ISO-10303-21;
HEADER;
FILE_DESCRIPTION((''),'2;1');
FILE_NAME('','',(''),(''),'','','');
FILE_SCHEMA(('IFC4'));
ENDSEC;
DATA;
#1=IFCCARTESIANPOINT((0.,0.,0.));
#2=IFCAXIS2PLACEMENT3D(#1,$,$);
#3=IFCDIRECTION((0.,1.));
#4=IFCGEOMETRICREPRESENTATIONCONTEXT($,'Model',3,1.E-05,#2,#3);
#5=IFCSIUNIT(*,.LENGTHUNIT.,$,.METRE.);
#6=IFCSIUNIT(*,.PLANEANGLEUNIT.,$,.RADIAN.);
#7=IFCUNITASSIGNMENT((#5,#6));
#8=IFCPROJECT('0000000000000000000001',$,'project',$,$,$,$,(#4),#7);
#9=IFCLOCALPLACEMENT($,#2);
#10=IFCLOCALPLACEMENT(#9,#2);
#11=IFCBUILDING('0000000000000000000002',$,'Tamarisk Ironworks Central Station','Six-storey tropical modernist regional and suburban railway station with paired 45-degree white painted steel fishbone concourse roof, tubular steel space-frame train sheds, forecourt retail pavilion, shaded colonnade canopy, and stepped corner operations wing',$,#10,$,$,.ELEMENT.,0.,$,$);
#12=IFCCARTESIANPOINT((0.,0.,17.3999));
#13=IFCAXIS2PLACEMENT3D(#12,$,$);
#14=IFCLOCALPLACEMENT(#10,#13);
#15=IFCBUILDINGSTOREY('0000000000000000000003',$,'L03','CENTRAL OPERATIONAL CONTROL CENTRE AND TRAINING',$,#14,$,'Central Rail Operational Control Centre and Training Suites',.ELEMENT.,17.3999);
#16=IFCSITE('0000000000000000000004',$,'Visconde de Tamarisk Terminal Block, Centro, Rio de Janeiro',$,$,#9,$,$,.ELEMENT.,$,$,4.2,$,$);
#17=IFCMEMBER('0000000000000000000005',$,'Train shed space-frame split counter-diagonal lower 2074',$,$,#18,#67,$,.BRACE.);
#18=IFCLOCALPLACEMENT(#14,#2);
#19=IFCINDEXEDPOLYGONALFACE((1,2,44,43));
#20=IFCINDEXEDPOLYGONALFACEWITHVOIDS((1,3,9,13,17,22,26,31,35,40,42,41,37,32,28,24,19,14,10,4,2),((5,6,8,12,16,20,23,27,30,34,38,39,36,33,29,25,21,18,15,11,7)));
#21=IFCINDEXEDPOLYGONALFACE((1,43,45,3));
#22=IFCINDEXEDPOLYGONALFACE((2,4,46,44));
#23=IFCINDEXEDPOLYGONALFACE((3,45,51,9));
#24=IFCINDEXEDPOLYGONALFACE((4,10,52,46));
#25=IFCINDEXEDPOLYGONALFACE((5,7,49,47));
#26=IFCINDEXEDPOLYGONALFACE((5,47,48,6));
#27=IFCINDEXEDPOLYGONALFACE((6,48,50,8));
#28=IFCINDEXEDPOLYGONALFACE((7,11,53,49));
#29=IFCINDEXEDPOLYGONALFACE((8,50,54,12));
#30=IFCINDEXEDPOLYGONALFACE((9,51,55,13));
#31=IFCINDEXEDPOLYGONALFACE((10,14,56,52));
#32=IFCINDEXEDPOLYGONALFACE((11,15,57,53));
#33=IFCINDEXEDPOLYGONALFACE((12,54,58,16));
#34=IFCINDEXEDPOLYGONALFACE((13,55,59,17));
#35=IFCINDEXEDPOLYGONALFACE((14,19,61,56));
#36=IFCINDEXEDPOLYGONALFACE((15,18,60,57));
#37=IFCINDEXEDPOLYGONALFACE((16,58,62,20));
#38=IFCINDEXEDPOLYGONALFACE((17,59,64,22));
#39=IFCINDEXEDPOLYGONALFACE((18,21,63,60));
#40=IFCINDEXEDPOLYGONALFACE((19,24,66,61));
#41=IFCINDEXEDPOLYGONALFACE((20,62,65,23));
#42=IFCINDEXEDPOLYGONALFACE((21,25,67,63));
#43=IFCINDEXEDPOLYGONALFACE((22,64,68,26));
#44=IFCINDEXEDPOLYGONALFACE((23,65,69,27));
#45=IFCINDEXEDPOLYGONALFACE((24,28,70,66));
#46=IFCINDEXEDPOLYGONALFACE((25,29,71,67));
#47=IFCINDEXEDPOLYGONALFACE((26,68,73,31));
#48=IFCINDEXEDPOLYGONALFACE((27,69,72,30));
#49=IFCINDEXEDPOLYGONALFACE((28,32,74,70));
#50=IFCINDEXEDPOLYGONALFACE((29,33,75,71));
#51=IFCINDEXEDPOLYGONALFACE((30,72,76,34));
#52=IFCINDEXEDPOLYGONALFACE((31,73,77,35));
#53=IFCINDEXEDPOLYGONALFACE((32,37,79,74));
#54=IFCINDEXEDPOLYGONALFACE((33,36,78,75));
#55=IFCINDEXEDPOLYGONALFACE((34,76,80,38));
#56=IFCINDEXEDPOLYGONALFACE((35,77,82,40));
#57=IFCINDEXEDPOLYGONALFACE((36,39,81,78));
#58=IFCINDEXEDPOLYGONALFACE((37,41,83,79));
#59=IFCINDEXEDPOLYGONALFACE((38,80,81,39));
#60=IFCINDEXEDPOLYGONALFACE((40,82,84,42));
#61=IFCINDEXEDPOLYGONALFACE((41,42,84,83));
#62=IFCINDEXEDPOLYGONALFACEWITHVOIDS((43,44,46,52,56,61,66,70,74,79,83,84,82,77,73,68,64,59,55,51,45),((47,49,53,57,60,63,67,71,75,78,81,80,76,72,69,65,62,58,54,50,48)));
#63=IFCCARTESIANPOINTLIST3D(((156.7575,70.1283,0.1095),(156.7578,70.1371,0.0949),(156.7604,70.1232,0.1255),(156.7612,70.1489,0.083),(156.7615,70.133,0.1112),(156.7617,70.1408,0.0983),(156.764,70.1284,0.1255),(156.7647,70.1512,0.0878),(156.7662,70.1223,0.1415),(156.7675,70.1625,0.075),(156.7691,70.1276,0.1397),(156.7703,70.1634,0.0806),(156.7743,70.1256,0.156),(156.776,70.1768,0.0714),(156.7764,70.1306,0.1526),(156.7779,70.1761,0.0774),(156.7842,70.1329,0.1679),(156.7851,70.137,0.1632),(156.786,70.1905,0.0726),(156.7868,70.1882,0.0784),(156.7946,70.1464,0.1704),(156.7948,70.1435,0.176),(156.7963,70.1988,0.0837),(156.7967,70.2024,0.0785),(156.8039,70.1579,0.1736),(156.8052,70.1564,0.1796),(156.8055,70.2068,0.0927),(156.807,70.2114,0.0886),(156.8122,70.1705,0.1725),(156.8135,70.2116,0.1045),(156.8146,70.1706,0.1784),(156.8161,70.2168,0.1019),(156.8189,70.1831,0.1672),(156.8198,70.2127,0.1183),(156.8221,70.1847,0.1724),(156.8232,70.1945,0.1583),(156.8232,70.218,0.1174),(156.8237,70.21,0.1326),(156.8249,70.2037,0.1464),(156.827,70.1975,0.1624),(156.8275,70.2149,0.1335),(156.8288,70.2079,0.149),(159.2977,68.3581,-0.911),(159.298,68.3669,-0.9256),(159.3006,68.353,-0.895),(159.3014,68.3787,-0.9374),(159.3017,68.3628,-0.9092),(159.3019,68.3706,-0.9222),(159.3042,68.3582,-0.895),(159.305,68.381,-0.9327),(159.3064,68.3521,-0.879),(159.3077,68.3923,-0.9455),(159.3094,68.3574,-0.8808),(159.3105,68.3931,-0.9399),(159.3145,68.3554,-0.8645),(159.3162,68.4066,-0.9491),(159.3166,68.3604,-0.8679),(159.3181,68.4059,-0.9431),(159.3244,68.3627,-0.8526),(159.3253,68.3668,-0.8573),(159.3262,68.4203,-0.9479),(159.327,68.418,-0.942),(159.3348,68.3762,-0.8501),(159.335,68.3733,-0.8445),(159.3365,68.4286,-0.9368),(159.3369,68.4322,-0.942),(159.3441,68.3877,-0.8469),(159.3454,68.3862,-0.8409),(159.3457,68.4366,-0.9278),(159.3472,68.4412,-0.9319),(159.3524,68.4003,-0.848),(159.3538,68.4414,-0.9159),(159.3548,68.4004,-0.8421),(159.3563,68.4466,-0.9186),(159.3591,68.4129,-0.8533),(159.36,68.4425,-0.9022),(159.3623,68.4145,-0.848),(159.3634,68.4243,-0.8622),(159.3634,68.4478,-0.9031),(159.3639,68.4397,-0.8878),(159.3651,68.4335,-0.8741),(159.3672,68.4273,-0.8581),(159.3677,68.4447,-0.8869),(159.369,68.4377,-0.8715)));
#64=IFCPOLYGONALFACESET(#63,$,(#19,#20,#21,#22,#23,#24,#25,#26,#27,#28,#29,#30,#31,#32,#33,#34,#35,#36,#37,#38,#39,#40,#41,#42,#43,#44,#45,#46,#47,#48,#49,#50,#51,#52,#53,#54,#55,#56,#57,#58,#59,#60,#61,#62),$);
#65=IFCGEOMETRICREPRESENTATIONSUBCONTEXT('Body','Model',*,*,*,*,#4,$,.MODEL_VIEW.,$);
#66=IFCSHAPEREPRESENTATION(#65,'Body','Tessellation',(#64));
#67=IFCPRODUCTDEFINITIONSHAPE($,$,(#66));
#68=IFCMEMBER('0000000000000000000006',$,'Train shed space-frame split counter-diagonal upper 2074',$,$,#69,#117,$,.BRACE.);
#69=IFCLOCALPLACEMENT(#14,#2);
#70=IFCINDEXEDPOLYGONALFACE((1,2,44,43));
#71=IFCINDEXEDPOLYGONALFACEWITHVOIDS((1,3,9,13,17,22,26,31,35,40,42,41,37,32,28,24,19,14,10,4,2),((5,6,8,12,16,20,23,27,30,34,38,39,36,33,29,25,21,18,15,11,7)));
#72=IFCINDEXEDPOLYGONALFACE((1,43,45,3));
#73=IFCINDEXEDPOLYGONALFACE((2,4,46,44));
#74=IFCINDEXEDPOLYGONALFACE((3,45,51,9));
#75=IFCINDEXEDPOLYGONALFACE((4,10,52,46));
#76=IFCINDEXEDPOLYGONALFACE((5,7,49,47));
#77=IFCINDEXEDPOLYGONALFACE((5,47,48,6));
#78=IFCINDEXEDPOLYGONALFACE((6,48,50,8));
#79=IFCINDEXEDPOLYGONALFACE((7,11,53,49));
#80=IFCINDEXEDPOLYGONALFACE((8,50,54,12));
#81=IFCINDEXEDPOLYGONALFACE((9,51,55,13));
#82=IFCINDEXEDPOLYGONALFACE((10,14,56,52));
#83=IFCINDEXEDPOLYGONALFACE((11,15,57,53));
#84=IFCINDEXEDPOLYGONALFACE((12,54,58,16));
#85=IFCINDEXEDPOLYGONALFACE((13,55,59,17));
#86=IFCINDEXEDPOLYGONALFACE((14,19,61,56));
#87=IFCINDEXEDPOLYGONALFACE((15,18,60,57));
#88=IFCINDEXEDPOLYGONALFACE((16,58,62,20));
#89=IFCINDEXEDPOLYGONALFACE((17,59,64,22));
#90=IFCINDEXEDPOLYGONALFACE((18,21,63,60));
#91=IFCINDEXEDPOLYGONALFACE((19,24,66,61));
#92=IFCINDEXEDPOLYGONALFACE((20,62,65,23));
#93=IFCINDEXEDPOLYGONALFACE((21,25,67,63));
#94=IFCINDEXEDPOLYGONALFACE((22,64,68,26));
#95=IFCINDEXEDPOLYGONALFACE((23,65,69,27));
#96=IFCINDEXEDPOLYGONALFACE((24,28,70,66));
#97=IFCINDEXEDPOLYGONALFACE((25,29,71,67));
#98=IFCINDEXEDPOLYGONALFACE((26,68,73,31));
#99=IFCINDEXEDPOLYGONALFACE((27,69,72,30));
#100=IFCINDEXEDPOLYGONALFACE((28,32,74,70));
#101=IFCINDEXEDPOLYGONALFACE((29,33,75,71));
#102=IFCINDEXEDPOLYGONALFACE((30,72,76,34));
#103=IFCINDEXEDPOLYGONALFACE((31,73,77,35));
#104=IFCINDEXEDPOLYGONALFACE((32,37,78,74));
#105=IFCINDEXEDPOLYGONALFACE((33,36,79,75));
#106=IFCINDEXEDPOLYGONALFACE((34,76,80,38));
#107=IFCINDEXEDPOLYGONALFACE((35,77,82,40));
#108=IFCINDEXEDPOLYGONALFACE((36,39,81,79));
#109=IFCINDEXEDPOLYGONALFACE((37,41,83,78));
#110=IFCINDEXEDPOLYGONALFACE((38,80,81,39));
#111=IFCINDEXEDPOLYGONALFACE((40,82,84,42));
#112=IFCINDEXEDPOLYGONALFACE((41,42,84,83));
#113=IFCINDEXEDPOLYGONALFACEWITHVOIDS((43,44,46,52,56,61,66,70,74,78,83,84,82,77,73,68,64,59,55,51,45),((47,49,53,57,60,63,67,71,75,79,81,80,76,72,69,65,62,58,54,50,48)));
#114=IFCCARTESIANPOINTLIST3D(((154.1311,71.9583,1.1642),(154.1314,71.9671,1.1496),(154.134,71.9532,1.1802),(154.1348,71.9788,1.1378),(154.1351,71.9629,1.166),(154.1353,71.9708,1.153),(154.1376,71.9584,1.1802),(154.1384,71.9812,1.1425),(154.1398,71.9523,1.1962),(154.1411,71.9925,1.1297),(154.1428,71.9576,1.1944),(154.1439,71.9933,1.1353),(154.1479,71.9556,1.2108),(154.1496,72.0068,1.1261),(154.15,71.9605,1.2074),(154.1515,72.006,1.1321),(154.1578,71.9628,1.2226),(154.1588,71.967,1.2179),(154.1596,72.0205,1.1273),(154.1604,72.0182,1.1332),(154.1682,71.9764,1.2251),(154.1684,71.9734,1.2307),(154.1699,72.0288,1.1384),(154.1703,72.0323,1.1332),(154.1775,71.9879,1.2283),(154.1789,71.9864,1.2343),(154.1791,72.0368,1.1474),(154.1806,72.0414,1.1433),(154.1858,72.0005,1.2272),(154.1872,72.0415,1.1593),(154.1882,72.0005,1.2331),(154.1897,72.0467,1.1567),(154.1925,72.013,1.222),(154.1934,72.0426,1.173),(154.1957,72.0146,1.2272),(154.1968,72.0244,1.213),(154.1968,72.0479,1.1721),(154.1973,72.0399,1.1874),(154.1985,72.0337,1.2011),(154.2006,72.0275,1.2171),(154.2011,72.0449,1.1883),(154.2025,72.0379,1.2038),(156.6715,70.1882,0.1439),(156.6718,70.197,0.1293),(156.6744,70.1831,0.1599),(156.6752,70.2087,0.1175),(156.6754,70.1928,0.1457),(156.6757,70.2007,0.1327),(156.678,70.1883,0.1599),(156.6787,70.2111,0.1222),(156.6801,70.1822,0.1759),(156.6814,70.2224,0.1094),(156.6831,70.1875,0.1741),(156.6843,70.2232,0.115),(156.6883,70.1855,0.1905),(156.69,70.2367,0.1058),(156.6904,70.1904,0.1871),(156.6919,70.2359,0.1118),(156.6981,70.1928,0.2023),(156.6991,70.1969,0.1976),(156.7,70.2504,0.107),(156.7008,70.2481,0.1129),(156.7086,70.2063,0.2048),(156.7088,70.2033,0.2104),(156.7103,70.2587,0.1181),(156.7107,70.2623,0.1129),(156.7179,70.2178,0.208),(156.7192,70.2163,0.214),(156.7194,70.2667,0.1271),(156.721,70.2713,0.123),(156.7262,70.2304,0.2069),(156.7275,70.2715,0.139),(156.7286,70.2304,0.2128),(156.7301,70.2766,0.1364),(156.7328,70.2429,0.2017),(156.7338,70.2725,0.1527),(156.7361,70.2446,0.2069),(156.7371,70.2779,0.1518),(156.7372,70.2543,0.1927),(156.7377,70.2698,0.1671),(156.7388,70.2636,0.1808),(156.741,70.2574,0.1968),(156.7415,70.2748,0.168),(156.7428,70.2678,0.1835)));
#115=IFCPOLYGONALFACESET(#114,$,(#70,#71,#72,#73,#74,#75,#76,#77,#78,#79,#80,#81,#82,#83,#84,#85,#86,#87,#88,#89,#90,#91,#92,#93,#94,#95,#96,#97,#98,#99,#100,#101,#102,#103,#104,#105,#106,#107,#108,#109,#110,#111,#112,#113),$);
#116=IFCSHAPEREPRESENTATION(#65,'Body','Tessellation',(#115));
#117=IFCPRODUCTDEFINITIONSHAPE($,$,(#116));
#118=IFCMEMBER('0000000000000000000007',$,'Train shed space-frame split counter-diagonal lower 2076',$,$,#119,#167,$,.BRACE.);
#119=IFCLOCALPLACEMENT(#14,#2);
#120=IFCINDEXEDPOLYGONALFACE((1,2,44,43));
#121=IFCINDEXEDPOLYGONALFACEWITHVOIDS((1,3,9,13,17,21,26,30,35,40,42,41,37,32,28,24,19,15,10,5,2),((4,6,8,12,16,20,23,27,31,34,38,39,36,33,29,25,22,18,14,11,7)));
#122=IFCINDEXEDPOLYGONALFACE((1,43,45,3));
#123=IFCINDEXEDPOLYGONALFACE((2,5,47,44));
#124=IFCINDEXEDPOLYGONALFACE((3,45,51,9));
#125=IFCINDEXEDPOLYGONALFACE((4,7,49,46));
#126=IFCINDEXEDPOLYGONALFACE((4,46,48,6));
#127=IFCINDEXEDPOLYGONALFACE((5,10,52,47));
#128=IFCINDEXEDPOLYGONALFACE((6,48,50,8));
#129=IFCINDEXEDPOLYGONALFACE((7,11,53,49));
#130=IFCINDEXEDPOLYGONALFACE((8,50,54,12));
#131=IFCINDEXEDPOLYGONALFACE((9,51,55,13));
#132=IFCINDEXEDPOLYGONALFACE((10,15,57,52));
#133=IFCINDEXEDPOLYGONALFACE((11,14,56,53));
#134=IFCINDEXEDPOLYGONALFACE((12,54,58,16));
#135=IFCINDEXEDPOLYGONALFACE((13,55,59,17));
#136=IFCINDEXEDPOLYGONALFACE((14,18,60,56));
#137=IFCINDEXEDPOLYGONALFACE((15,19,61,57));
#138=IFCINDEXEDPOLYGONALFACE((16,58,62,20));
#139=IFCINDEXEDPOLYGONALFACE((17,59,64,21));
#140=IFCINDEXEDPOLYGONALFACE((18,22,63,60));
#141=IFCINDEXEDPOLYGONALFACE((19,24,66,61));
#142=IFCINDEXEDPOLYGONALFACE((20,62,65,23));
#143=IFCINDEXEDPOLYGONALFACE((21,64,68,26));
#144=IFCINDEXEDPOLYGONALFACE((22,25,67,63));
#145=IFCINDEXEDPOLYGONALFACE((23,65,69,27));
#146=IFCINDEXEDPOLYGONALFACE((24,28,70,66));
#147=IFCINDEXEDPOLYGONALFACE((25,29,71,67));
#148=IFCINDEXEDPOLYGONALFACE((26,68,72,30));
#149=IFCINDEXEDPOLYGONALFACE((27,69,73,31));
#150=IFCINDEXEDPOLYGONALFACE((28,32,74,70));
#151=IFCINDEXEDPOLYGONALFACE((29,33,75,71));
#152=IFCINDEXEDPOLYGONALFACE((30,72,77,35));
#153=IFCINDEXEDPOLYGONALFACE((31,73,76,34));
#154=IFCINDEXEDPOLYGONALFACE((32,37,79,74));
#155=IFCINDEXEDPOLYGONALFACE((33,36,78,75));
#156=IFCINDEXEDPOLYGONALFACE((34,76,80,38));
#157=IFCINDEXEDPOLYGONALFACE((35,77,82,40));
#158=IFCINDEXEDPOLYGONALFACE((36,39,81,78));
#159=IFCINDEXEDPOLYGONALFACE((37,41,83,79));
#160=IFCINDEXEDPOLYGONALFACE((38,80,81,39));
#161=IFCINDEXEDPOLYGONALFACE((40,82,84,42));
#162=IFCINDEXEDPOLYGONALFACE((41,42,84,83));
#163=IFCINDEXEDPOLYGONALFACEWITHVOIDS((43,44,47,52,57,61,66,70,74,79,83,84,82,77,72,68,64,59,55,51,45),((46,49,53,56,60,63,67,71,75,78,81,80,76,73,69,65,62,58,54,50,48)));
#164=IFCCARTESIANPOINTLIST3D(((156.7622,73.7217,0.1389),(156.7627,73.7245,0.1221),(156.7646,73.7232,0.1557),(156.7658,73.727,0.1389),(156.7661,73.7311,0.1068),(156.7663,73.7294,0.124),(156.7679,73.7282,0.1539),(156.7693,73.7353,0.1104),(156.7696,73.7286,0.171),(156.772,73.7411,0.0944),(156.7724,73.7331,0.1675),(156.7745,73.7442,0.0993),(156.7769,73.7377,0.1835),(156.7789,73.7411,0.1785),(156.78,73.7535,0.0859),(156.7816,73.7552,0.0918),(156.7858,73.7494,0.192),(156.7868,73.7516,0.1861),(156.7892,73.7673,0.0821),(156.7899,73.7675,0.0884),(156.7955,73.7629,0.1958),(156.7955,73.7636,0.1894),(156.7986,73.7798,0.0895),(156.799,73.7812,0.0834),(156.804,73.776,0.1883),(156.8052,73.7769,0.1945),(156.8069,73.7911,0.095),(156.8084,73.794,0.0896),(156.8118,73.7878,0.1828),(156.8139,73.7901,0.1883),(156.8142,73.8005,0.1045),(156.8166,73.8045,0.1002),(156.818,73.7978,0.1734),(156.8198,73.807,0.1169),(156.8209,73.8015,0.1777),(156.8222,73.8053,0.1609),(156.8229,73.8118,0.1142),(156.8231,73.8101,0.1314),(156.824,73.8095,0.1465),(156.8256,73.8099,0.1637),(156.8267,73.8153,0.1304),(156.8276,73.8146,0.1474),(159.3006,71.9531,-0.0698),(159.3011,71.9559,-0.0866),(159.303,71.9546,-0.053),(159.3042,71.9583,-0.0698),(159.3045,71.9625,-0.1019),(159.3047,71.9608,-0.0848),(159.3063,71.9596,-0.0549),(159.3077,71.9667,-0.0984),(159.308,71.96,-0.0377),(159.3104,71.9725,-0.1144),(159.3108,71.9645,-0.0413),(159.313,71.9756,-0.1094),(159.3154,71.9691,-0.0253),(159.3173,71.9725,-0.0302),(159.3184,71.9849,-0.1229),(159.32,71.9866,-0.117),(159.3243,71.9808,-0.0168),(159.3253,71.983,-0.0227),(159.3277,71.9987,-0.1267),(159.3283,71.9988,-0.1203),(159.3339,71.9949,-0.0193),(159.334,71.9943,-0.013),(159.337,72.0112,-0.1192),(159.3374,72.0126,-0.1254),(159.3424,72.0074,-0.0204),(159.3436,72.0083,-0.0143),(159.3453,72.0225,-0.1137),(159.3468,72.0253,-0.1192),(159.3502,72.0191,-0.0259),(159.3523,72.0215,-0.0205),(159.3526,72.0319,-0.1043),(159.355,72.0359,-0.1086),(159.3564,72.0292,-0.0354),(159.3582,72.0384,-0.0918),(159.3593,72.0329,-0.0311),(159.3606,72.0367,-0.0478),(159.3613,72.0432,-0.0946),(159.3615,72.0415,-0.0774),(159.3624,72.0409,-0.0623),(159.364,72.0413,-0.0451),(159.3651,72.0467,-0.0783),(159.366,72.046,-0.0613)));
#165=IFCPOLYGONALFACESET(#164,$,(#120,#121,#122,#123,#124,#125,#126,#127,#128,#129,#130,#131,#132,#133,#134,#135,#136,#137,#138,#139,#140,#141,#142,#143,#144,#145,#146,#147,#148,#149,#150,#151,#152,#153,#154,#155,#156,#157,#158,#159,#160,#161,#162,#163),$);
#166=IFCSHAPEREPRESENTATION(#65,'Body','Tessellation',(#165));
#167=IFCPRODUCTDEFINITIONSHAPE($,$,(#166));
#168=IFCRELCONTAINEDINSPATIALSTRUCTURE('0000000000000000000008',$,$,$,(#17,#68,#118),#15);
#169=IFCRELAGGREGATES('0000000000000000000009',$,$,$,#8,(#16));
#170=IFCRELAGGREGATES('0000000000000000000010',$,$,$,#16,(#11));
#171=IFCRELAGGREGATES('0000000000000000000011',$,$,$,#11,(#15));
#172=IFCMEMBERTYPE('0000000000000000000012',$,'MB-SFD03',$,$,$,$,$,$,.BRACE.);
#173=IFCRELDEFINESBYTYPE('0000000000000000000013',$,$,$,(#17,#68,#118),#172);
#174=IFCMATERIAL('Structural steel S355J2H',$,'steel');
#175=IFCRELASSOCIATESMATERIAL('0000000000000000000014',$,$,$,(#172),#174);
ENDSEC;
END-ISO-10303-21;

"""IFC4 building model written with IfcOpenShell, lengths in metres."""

from ifc_helpers import new_model, si_unit, direction, frame, origin, origin_2d, place, context, subcontext, project, spatial, hollow_circle, extrude, material, material_profile, profile_set, type_object, element, save


model = new_model("IFC4")

# Units and contexts
model_context = context("Model", 3, precision=1e-05, world=origin(), true_north=direction((0.0, 1.0)))
body_context = subcontext(model_context, "Body", "Model", "MODEL_VIEW")
ifc_project = project(units=[si_unit("LENGTHUNIT", "METRE"), si_unit("PLANEANGLEUNIT", "RADIAN")], contexts=[model_context])

# Site, building, storey
site_placement = place(None, origin())
site = spatial("IfcSite", under=ifc_project, at=site_placement, Name="Visconde de Tamarisk Terminal Block, Centro, Rio de Janeiro", CompositionType="ELEMENT", RefElevation=4.2)
building_placement = place(site_placement, origin())
building = spatial("IfcBuilding", under=site, at=building_placement, Name="Tamarisk Ironworks Central Station", Description="Six-storey tropical modernist regional and suburban railway station with paired 45-degree white painted steel fishbone concourse roof, tubular steel space-frame train sheds, forecourt retail pavilion, shaded colonnade canopy, and stepped corner operations wing", CompositionType="ELEMENT", ElevationOfRefHeight=0.0)
storey_placement = place(building_placement, frame((0.0, 0.0, 17.3999)))
storey = spatial("IfcBuildingStorey", under=building, at=storey_placement, Name="L03", Description="CENTRAL OPERATIONAL CONTROL CENTRE AND TRAINING", LongName="Central Rail Operational Control Centre and Training Suites", CompositionType="ELEMENT", Elevation=17.3999)

# Members
ifc_material = material(Name="Structural steel S355J2H", Category="steel")
ifc_material_profile_1 = material_profile(ifc_material, hollow_circle(Radius=0.0571, WallThickness=0.0063, at=origin_2d()), Name="CHS 114.3x6.3")
ifc_profile_set_1 = profile_set([ifc_material_profile_1], Name="Structural steel S355J2H")
member_type_1 = type_object("IfcMemberType", Name="MB-SFD03", PredefinedType="BRACE", material=ifc_profile_set_1)
for number, where, z_axis, x_axis, name in (
    (1, (159.3333, 68.3999, -0.895), (-0.779202, 0.543008, 0.313029), (-0.571741, -0.820434, 0.0), "Train shed space-frame split counter-diagonal lower 2074"),
    (2, (156.707, 70.23, 0.1599), (-0.779252, 0.542967, 0.312974), (-0.571688, -0.820471, 0.0), "Train shed space-frame split counter-diagonal upper 2074"),
):
    element("IfcMember", number, at=place(storey_placement, frame(where, z_axis=z_axis, x_axis=x_axis)), inside=storey, type_object=member_type_1, Name=name, PredefinedType="BRACE", context=body_context, shape_type="SweptSolid", body=[
        extrude(hollow_circle(Radius=0.0571, WallThickness=0.0063, at=origin_2d()), origin(), (0.0, 0.0, 1.0), 3.26),
    ])
member_1_placement = place(storey_placement, frame((159.3333, 72.0, -0.0698), z_axis=(-0.818625, 0.570369, 0.06732), x_axis=(-0.571666, -0.820487, 0.0)))
element("IfcMember", 3, at=member_1_placement, inside=storey, type_object=member_type_1, Name="Train shed space-frame split counter-diagonal lower 2076", PredefinedType="BRACE", context=body_context, shape_type="SweptSolid", body=[
    extrude(hollow_circle(Radius=0.0571, WallThickness=0.0063, at=origin_2d()), origin(), (0.0, 0.0, 1.0), 3.1008),
])

save(model, "model.ifc")
